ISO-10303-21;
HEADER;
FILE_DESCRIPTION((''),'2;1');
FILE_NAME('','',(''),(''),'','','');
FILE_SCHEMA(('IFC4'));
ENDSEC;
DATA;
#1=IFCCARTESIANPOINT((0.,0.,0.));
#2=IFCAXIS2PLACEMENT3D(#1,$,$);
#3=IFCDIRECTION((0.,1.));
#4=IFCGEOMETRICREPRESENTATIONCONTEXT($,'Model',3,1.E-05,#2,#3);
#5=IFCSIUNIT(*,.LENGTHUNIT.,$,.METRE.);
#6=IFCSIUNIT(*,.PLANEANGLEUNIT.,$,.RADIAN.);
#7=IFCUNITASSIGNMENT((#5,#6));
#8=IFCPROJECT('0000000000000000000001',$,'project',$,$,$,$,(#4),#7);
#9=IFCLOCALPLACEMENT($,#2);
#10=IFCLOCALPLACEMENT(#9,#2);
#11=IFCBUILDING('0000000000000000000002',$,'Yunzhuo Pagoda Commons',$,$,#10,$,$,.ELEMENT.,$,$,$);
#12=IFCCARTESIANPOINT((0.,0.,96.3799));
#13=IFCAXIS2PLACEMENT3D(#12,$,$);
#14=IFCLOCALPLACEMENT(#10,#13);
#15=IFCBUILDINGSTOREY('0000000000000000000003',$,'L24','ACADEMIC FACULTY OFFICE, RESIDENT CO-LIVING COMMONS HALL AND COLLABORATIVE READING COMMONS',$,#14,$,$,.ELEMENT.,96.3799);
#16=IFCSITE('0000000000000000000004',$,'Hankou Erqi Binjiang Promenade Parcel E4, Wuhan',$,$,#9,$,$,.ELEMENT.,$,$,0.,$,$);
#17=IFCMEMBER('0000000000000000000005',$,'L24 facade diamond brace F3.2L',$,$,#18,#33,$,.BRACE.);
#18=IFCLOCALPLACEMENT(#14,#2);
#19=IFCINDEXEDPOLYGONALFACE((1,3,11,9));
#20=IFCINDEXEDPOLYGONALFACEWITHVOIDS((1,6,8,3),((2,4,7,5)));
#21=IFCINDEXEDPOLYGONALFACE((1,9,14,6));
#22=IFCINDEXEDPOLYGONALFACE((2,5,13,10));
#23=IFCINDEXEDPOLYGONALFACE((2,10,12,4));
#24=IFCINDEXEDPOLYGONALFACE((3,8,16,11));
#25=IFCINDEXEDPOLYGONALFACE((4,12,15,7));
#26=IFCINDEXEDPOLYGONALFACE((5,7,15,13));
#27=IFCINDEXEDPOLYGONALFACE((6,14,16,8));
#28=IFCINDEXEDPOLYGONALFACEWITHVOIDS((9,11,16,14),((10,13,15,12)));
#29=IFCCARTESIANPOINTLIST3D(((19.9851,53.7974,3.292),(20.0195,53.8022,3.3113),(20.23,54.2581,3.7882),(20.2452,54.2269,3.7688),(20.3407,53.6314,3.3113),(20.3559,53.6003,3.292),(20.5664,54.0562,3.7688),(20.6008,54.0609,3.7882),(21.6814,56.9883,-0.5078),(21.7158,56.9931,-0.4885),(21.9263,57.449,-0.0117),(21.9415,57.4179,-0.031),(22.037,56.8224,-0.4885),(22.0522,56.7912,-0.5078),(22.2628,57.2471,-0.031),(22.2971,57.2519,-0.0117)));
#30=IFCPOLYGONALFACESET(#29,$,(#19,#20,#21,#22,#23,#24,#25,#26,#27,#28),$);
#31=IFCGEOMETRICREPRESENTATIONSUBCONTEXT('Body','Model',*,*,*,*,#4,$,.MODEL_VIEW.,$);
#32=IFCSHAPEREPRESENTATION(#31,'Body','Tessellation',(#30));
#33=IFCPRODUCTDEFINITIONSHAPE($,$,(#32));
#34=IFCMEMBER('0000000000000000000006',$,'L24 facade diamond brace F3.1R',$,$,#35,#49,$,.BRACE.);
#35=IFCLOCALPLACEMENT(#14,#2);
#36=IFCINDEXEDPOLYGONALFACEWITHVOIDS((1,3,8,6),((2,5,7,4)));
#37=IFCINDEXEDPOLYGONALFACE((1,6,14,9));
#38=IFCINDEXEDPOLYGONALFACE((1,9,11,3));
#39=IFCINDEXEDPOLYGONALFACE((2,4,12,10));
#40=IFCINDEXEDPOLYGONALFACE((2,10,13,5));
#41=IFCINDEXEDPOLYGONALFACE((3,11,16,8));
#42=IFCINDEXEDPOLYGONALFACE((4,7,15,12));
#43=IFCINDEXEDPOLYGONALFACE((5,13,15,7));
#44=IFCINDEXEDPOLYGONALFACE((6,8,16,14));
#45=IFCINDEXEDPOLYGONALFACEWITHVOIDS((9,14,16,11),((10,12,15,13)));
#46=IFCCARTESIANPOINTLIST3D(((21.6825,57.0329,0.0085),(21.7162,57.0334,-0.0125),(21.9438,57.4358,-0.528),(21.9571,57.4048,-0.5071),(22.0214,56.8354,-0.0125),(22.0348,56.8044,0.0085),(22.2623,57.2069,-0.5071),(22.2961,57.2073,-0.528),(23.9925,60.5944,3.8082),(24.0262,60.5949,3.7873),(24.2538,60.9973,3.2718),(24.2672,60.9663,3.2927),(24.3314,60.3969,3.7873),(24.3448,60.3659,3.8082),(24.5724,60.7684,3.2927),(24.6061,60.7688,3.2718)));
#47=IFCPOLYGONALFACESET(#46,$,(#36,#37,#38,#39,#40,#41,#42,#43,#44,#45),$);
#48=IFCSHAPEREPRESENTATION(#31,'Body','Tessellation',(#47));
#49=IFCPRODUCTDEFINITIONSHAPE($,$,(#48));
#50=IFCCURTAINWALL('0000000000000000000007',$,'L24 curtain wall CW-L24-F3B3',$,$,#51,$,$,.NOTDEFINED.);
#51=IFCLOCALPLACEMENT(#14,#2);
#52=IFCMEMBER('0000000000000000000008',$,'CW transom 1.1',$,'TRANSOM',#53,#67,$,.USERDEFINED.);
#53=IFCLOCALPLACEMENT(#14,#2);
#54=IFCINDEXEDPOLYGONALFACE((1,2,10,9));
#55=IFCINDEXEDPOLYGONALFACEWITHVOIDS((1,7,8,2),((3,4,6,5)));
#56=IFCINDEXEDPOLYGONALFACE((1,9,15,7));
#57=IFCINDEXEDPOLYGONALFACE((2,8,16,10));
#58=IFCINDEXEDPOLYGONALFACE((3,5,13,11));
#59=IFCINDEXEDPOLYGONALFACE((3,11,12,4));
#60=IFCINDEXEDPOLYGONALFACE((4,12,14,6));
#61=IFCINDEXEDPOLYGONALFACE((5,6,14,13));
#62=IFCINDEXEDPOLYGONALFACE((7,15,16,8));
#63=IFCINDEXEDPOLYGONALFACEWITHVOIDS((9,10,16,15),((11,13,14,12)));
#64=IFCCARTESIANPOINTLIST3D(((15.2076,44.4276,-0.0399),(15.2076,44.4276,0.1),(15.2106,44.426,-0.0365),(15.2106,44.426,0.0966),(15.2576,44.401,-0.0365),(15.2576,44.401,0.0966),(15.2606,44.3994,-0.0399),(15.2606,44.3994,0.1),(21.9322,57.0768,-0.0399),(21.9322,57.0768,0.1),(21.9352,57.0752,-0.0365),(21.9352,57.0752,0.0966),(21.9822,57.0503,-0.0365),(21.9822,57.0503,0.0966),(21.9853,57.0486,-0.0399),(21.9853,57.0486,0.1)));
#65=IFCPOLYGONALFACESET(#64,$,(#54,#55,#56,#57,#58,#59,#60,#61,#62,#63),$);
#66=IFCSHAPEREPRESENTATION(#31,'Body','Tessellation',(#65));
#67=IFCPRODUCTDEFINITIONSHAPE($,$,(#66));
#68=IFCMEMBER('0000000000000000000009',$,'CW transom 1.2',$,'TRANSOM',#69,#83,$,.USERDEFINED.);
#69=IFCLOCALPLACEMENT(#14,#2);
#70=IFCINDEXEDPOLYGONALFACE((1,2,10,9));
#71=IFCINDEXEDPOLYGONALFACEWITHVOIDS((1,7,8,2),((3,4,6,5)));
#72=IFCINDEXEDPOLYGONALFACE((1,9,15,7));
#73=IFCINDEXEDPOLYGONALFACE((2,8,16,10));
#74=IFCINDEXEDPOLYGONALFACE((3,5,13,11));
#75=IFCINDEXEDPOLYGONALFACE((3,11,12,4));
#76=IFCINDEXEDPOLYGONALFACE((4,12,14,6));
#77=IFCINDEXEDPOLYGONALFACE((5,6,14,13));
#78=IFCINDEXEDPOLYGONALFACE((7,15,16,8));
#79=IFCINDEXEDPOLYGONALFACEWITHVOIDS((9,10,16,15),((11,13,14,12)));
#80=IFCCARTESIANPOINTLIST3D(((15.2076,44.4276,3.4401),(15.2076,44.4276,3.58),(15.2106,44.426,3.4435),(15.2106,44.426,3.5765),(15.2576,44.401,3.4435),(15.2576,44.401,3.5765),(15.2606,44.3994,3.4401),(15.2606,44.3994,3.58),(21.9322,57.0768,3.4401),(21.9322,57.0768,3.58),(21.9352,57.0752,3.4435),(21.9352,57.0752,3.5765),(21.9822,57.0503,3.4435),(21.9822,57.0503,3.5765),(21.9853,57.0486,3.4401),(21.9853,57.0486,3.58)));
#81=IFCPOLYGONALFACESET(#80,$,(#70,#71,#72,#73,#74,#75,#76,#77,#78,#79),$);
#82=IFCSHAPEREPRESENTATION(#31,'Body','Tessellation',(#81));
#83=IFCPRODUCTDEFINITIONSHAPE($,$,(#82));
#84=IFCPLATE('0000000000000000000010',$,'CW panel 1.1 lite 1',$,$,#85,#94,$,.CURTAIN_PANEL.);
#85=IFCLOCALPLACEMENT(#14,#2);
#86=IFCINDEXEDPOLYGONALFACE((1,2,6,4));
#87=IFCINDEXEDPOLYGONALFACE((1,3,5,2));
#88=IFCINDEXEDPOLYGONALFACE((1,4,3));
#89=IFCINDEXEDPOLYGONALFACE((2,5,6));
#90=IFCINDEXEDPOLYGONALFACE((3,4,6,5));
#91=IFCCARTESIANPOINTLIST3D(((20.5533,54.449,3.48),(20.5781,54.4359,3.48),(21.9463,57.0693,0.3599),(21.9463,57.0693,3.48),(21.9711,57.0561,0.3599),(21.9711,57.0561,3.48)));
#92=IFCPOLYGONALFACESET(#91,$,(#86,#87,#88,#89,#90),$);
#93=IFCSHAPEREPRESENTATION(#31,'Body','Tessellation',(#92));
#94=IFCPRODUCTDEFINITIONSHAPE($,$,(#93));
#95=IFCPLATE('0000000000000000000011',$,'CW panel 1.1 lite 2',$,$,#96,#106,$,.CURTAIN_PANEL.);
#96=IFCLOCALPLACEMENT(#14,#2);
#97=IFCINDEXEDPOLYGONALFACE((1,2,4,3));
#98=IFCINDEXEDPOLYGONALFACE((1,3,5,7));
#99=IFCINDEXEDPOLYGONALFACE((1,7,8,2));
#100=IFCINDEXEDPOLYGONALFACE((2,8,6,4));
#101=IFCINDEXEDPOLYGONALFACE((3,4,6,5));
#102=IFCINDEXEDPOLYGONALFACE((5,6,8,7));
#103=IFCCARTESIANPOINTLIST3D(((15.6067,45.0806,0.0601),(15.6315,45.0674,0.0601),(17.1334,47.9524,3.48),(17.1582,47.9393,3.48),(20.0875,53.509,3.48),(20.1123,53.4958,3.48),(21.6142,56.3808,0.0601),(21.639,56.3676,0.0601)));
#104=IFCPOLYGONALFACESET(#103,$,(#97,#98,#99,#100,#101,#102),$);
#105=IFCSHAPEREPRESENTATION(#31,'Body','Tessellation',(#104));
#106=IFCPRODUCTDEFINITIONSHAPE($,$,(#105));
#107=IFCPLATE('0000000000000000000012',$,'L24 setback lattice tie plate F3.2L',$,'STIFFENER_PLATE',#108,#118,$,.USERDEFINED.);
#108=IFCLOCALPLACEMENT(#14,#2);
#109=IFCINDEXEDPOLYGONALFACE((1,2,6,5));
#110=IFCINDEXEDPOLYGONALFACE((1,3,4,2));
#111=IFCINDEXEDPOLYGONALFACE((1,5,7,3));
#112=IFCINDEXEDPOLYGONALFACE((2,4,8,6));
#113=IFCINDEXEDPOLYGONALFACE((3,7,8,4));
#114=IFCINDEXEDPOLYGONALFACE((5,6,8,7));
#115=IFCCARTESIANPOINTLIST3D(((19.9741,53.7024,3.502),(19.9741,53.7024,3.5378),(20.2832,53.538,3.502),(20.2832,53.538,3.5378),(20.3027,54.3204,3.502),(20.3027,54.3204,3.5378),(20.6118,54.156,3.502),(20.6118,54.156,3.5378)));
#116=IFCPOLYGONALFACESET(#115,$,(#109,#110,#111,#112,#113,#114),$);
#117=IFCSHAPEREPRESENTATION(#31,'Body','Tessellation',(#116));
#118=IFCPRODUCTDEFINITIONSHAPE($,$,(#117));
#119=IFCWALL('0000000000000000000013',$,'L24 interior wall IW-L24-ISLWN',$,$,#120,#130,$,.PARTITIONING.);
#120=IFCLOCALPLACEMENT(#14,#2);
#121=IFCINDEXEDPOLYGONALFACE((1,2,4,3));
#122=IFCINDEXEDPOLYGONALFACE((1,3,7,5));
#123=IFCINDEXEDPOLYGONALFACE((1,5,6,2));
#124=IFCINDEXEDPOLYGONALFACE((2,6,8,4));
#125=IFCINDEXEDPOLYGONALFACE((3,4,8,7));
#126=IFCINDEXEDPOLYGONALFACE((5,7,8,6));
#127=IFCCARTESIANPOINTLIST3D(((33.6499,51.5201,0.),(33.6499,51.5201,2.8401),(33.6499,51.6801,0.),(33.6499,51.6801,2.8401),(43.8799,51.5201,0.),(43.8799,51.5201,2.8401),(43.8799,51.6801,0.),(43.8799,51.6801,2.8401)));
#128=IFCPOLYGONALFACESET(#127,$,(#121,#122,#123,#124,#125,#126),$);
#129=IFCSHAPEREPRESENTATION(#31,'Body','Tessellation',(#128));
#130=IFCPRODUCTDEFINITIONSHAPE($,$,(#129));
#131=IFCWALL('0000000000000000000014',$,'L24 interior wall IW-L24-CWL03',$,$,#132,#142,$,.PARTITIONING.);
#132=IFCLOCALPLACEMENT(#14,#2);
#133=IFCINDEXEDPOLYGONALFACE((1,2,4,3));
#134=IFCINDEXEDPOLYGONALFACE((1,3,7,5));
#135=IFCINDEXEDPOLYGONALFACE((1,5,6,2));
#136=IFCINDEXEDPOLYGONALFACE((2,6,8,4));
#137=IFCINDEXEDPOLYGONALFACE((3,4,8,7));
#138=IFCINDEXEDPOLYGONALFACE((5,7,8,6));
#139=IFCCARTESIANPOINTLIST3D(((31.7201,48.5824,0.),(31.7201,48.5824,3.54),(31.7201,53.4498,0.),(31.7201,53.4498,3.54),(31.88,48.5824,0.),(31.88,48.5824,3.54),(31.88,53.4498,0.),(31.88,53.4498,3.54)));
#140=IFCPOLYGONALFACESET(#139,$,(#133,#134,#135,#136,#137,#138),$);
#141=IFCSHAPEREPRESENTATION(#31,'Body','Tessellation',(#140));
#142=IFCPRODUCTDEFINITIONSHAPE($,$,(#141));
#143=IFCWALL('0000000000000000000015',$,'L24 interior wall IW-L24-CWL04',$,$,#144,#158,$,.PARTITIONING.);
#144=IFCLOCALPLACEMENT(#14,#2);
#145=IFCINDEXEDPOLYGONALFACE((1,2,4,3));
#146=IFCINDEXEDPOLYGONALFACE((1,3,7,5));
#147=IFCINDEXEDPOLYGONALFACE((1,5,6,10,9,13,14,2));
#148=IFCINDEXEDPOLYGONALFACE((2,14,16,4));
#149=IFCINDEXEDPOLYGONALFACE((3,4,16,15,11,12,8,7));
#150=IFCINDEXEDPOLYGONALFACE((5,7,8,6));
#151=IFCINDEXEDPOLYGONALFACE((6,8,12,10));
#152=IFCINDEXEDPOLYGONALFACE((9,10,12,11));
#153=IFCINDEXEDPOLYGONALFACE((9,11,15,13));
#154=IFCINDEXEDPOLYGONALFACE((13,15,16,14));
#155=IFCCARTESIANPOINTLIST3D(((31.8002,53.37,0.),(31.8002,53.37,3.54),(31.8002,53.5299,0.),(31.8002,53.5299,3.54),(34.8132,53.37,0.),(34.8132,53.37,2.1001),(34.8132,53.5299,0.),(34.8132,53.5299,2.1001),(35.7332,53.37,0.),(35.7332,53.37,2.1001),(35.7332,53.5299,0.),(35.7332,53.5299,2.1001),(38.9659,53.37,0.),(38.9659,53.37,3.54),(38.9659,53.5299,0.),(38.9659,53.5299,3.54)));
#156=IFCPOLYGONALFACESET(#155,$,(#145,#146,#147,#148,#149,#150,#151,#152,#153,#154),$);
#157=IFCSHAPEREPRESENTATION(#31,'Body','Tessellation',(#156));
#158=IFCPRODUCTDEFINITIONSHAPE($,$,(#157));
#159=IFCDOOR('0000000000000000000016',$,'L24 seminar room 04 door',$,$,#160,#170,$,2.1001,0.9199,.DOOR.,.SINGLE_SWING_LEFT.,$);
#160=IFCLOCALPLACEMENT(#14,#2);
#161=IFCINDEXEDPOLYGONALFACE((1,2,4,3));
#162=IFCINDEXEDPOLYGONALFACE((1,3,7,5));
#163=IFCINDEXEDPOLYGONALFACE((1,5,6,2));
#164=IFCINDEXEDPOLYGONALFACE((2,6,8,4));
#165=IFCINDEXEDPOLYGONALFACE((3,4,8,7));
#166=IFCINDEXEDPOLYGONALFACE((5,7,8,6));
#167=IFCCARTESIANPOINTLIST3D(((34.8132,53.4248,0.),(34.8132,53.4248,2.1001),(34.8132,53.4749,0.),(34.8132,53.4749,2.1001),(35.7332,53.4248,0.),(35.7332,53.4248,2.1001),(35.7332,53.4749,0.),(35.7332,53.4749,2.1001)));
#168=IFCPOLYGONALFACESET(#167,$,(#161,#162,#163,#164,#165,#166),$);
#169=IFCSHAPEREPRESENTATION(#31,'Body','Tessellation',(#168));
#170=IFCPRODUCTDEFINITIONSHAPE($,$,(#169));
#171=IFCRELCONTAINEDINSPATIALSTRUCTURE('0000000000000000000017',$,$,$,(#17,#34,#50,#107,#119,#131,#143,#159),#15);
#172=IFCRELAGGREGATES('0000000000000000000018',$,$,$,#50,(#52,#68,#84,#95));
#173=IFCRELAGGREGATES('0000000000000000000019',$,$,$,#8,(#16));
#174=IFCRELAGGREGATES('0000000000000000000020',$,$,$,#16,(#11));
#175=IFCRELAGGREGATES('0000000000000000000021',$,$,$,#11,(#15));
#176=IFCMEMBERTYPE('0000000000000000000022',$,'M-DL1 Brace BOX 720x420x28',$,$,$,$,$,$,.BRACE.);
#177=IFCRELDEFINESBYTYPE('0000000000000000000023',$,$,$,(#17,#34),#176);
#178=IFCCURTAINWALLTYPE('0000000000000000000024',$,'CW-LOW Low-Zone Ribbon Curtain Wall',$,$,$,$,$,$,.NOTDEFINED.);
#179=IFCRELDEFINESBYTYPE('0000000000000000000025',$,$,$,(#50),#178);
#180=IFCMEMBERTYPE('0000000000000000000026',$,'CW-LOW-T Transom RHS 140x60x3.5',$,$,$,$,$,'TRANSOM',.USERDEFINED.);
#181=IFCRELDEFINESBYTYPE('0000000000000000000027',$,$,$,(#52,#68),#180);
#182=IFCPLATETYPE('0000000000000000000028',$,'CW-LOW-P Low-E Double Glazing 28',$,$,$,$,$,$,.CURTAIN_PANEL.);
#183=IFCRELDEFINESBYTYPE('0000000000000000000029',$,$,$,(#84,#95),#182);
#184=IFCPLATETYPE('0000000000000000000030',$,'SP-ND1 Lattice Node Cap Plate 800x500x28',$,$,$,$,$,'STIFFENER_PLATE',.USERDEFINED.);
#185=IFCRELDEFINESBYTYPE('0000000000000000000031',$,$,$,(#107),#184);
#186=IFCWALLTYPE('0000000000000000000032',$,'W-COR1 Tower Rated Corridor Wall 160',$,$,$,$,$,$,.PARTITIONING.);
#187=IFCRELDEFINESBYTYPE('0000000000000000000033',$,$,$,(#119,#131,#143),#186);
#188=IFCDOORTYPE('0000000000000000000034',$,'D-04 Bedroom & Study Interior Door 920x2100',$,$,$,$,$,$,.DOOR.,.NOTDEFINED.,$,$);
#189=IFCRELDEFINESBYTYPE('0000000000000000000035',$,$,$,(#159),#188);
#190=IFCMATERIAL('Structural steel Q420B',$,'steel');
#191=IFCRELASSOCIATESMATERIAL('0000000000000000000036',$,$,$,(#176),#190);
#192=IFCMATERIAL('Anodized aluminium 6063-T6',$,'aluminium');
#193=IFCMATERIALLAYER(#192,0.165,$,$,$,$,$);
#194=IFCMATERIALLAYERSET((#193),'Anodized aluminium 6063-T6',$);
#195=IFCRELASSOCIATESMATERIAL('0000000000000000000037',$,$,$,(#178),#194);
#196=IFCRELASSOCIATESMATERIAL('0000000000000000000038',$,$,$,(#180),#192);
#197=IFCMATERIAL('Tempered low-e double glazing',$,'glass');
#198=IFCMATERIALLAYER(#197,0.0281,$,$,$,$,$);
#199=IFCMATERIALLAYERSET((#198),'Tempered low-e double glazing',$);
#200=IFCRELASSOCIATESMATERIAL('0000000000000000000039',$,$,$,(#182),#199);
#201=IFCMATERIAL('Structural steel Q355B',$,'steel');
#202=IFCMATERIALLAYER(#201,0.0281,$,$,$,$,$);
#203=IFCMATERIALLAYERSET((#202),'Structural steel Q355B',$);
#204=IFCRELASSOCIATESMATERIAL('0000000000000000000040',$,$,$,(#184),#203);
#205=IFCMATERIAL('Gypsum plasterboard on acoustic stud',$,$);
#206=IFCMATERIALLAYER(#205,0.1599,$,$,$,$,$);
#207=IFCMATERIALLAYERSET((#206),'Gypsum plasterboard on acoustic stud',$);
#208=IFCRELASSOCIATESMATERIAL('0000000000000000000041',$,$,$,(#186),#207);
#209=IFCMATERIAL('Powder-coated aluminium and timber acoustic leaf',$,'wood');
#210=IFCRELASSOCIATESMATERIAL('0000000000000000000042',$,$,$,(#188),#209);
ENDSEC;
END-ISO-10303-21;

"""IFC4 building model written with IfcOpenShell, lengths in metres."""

from ifc_helpers import new_model, si_unit, direction, frame, frame_2d, origin, origin_with_axes, origin_2d, place, context, subcontext, project, spatial, polyline, rectangle, hollow_rectangle, outline, extrude, source, transform, mapped, material, layer, layer_set, material_profile, profile_set, type_object, element, fill, aggregate, save


model = new_model("IFC4")

# Units and contexts
model_context = context("Model", 3, precision=1e-05, world=origin(), true_north=direction((0.0, 1.0)))
body_context = subcontext(model_context, "Body", "Model", "MODEL_VIEW")
ifc_project = project(units=[si_unit("LENGTHUNIT", "METRE"), si_unit("PLANEANGLEUNIT", "RADIAN")], contexts=[model_context])

# Site, building, storey
site_placement = place(None, origin())
site = spatial("IfcSite", under=ifc_project, at=site_placement, Name="Hankou Erqi Binjiang Promenade Parcel E4, Wuhan", CompositionType="ELEMENT", RefElevation=0.0)
building_placement = place(site_placement, origin())
building = spatial("IfcBuilding", under=site, at=building_placement, Name="Yunzhuo Pagoda Commons", CompositionType="ELEMENT")
storey_placement = place(building_placement, frame((0.0, 0.0, 96.3799)))
storey = spatial("IfcBuildingStorey", under=building, at=storey_placement, Name="L24", Description="ACADEMIC FACULTY OFFICE, RESIDENT CO-LIVING COMMONS HALL AND COLLABORATIVE READING COMMONS", CompositionType="ELEMENT", Elevation=96.3799)

# Shared definitions
ifc_material_1 = material(Name="Structural steel Q420B", Category="steel")

# Shared definitions
ifc_material_2 = material(Name="Structural steel Q355B", Category="steel")

# Members
ifc_material_profile_1 = material_profile(ifc_material_1, hollow_rectangle(XDim=0.4199, YDim=0.72, WallThickness=0.0281, at=origin_2d()), Name="Structural steel Q420B")
ifc_profile_set_1 = profile_set([ifc_material_profile_1], Name="Structural steel Q420B")
member_type_1 = type_object("IfcMemberType", Name="M-DL1 Brace BOX 720x420x28", PredefinedType="BRACE", material=ifc_profile_set_1)
shared_shape_1 = source(origin(), body_context, "Body", "SweptSolid", [
    extrude(hollow_rectangle(XDim=0.4199, YDim=0.72, WallThickness=0.0281, at=origin_2d()), origin(), (0.0, 0.0, 1.0), 5.2439),
])
member_1_placement = place(storey_placement, frame((21.9893, 57.1201, -0.2598), z_axis=(-0.323482, -0.608508, 0.724622), x_axis=(0.882988, -0.469396, 0.0)))
element("IfcMember", 1, at=member_1_placement, inside=storey, type_object=member_type_1, Name="L24 facade diamond brace F3.2L", PredefinedType="BRACE", context=body_context, shape_type="MappedRepresentation", body=[
    mapped(shared_shape_1, transform((0.0, 0.0, 0.0), scale=1.0)),
])
shared_shape_2 = source(origin(), body_context, "Body", "SweptSolid", [
    extrude(hollow_rectangle(XDim=0.4199, YDim=0.72, WallThickness=0.0281, at=origin_2d()), origin(), (0.0, 0.0, 1.0), 5.6973),
])
member_2_placement = place(storey_placement, frame((21.9893, 57.1201, -0.2598), z_axis=(0.405465, 0.625124, 0.666947), x_axis=(-0.838974, 0.544171, 0.0)))
element("IfcMember", 2, at=member_2_placement, inside=storey, type_object=member_type_1, Name="L24 facade diamond brace F3.1R", PredefinedType="BRACE", context=body_context, shape_type="MappedRepresentation", body=[
    mapped(shared_shape_2, transform((0.0, 0.0, 0.0), scale=1.0)),
])

# Curtain wall, members, plates
ifc_material_3 = material(Name="Anodized aluminium 6063-T6", Category="aluminium")
ifc_layer_1 = layer(ifc_material_3, 0.165)
ifc_layer_set_1 = layer_set([ifc_layer_1], Name="Anodized aluminium 6063-T6")
curtain_wall_type = type_object("IfcCurtainWallType", Name="CW-LOW Low-Zone Ribbon Curtain Wall", PredefinedType="NOTDEFINED", material=ifc_layer_set_1)
curtain_wall_placement = place(storey_placement, origin())
curtain_wall = element("IfcCurtainWall", 3, at=curtain_wall_placement, inside=storey, type_object=curtain_wall_type, Name="L24 curtain wall CW-L24-F3B3", PredefinedType="NOTDEFINED")
ifc_material_profile_2 = material_profile(ifc_material_3, hollow_rectangle(XDim=0.0601, YDim=0.1399, WallThickness=0.0034, at=origin_2d()), Name="Anodized aluminium 6063-T6")
ifc_profile_set_2 = profile_set([ifc_material_profile_2], Name="Anodized aluminium 6063-T6")
member_type_2 = type_object("IfcMemberType", Name="CW-LOW-T Transom RHS 140x60x3.5", ElementType="TRANSOM", PredefinedType="USERDEFINED", material=ifc_profile_set_2)
shared_shape_3 = source(origin(), body_context, "Body", "SweptSolid", [
    extrude(hollow_rectangle(XDim=0.0601, YDim=0.1399, WallThickness=0.0034, at=origin_2d()), origin(), (0.0, 0.0, 1.0), 14.3257),
])
member_3_placement = place(storey_placement, frame((21.9587, 57.0627, 0.03), z_axis=(-0.469413, -0.882979, 0.0), x_axis=(0.882979, -0.469413, 0.0)))
member_3 = element("IfcMember", 4, at=member_3_placement, type_object=member_type_2, Name="CW transom 1.1", ObjectType="TRANSOM", PredefinedType="USERDEFINED", context=body_context, shape_type="MappedRepresentation", body=[
    mapped(shared_shape_3, transform((0.0, 0.0, 0.0), scale=1.0)),
])
member_4_placement = place(storey_placement, frame((21.9587, 57.0627, 3.51), z_axis=(-0.469413, -0.882979, 0.0), x_axis=(0.882979, -0.469413, 0.0)))
member_4 = element("IfcMember", 5, at=member_4_placement, type_object=member_type_2, Name="CW transom 1.2", ObjectType="TRANSOM", PredefinedType="USERDEFINED", context=body_context, shape_type="MappedRepresentation", body=[
    mapped(shared_shape_3, transform((0.0, 0.0, 0.0), scale=1.0)),
])
ifc_material_4 = material(Name="Tempered low-e double glazing", Category="glass")
ifc_layer_2 = layer(ifc_material_4, 0.0281)
ifc_layer_set_2 = layer_set([ifc_layer_2], Name="Tempered low-e double glazing")
plate_type_1 = type_object("IfcPlateType", Name="CW-LOW-P Low-E Double Glazing 28", PredefinedType="CURTAIN_PANEL", material=ifc_layer_set_2)
plate_1_placement = place(storey_placement, frame((21.2747, 55.7461, 1.9199), z_axis=(-0.882976, 0.469418, 0.0), x_axis=(-0.469418, -0.882976, 0.0)))
plate_1 = element("IfcPlate", 6, at=plate_1_placement, type_object=plate_type_1, Name="CW panel 1.1 lite 1", PredefinedType="CURTAIN_PANEL", context=body_context, shape_type="SweptSolid", body=[
    extrude(outline(polyline([(-1.4836, -1.5601), (1.4839, 1.5601), (-1.4836, 1.5601), (-1.4836, -1.5601)])), origin(), (0.0, 0.0, 1.0), 0.0281),
])
plate_2_placement = place(storey_placement, frame((18.6353, 50.7175, 1.77), z_axis=(-0.882976, 0.469418, 0.0), x_axis=(-0.469418, -0.882976, 0.0)))
plate_2 = element("IfcPlate", 7, at=plate_2_placement, type_object=plate_type_1, Name="CW panel 1.1 lite 2", PredefinedType="CURTAIN_PANEL", context=body_context, shape_type="SweptSolid", body=[
    extrude(outline(polyline([(-6.3989, -1.71), (6.3989, -1.71), (3.1465, 1.71), (-3.1465, 1.71), (-6.3989, -1.71)])), origin(), (0.0, 0.0, 1.0), 0.0281),
])
aggregate(curtain_wall, [member_3, member_4, plate_1, plate_2])

# Plate
ifc_layer_3 = layer(ifc_material_2, 0.0281)
ifc_layer_set_3 = layer_set([ifc_layer_3], Name="Structural steel Q355B")
plate_type_2 = type_object("IfcPlateType", Name="SP-ND1 Lattice Node Cap Plate 800x500x28", ElementType="STIFFENER_PLATE", PredefinedType="USERDEFINED", material=ifc_layer_set_3)
shared_shape_4 = source(origin(), body_context, "Body", "SweptSolid", [
    extrude(rectangle(XDim=0.7, YDim=0.3501, at=origin_2d()), origin(), (0.0, 0.0, 1.0), 0.0359),
])
plate_3_placement = place(storey_placement, frame((20.293, 53.9292, 3.502), z_axis=(0.0, 0.0, 1.0), x_axis=(-0.469425, -0.882972, 0.0)))
element("IfcPlate", 8, at=plate_3_placement, inside=storey, type_object=plate_type_2, Name="L24 setback lattice tie plate F3.2L", ObjectType="STIFFENER_PLATE", PredefinedType="USERDEFINED", context=body_context, shape_type="MappedRepresentation", body=[
    mapped(shared_shape_4, transform((0.0, 0.0, 0.0), scale=1.0)),
])

# Walls
ifc_material_5 = material(Name="Gypsum plasterboard on acoustic stud")
ifc_layer_4 = layer(ifc_material_5, 0.1599)
ifc_layer_set_4 = layer_set([ifc_layer_4], Name="Gypsum plasterboard on acoustic stud")
wall_type_1 = type_object("IfcWallType", Name="W-COR1 Tower Rated Corridor Wall 160", PredefinedType="PARTITIONING", material=ifc_layer_set_4)
wall_1_placement = place(storey_placement, frame((33.6499, 51.6001, 0.0), z_axis=(0.0, 0.0, 1.0), x_axis=(1.0, 0.0, 0.0)))
element("IfcWall", 9, at=wall_1_placement, inside=storey, type_object=wall_type_1, Name="L24 interior wall IW-L24-ISLWN", PredefinedType="PARTITIONING", context=body_context, shape_type="SweptSolid", body=[
    extrude(rectangle(XDim=10.23, YDim=0.1599, at=frame_2d((5.115, 0.0))), origin(), (0.0, 0.0, 1.0), 2.8401),
])
wall_2_placement = place(storey_placement, frame((31.8, 48.5825, 0.0), z_axis=(0.0, 0.0, 1.0), x_axis=(0.0, 1.0, 0.0)))
element("IfcWall", 10, at=wall_2_placement, inside=storey, type_object=wall_type_1, Name="L24 interior wall IW-L24-CWL03", PredefinedType="PARTITIONING", context=body_context, shape_type="SweptSolid", body=[
    extrude(rectangle(XDim=4.8674, YDim=0.1599, at=frame_2d((2.4336, 0.0))), origin(), (0.0, 0.0, 1.0), 3.54),
])

# Wall, opening, door
wall_3_placement = place(storey_placement, frame((31.8, 53.45, 0.0), z_axis=(0.0, 0.0, 1.0), x_axis=(1.0, 0.0, 0.0)))
wall_3 = element("IfcWall", 11, at=wall_3_placement, inside=storey, type_object=wall_type_1, Name="L24 interior wall IW-L24-CWL04", PredefinedType="PARTITIONING", context=body_context, shape_type="SweptSolid", body=[
    extrude(rectangle(XDim=7.1658, YDim=0.1599, at=frame_2d((3.583, 0.0))), origin(), (0.0, 0.0, 1.0), 3.54),
])
opening_1_placement = place(wall_3_placement, frame((3.0132, 0.0, 0.0)))
opening_1 = element("IfcOpeningElement", 12, at=opening_1_placement, cuts=wall_3, PredefinedType="OPENING", context=body_context, shape_type="SweptSolid", body=[
    extrude(rectangle(XDim=0.9199, YDim=2.1001, at=frame_2d((0.46, 1.05))), frame((0.0, 0.0898, 0.0), z_axis=(0.0, -1.0, 0.0), x_axis=(1.0, 0.0, 0.0)), (0.0, 0.0, 1.0), 0.1799),
])
ifc_material_6 = material(Name="Powder-coated aluminium and timber acoustic leaf", Category="wood")
door_type_1 = type_object("IfcDoorType", Name="D-04 Bedroom & Study Interior Door 920x2100", OperationType="NOTDEFINED", PredefinedType="DOOR", material=ifc_material_6)
shared_shape_5 = source(origin(), body_context, "Body", "SweptSolid", [
    extrude(rectangle(XDim=0.9199, YDim=2.1001, at=frame_2d((0.46, 1.05))), frame((0.0, 0.0249, 0.0), z_axis=(0.0, -1.0, 0.0), x_axis=(1.0, 0.0, 0.0)), (0.0, 0.0, 1.0), 0.05),
])
door_1_placement = place(opening_1_placement, origin_with_axes())
door_1 = element("IfcDoor", 13, at=door_1_placement, inside=storey, type_object=door_type_1, Name="L24 seminar room 04 door", OperationType="SINGLE_SWING_LEFT", OverallHeight=2.1001, OverallWidth=0.9199, PredefinedType="DOOR", context=body_context, shape_type="MappedRepresentation", body=[
    mapped(shared_shape_5, transform((0.0, 0.0, 0.0), scale=1.0)),
])
fill(opening_1, door_1)

save(model, "model.ifc")
